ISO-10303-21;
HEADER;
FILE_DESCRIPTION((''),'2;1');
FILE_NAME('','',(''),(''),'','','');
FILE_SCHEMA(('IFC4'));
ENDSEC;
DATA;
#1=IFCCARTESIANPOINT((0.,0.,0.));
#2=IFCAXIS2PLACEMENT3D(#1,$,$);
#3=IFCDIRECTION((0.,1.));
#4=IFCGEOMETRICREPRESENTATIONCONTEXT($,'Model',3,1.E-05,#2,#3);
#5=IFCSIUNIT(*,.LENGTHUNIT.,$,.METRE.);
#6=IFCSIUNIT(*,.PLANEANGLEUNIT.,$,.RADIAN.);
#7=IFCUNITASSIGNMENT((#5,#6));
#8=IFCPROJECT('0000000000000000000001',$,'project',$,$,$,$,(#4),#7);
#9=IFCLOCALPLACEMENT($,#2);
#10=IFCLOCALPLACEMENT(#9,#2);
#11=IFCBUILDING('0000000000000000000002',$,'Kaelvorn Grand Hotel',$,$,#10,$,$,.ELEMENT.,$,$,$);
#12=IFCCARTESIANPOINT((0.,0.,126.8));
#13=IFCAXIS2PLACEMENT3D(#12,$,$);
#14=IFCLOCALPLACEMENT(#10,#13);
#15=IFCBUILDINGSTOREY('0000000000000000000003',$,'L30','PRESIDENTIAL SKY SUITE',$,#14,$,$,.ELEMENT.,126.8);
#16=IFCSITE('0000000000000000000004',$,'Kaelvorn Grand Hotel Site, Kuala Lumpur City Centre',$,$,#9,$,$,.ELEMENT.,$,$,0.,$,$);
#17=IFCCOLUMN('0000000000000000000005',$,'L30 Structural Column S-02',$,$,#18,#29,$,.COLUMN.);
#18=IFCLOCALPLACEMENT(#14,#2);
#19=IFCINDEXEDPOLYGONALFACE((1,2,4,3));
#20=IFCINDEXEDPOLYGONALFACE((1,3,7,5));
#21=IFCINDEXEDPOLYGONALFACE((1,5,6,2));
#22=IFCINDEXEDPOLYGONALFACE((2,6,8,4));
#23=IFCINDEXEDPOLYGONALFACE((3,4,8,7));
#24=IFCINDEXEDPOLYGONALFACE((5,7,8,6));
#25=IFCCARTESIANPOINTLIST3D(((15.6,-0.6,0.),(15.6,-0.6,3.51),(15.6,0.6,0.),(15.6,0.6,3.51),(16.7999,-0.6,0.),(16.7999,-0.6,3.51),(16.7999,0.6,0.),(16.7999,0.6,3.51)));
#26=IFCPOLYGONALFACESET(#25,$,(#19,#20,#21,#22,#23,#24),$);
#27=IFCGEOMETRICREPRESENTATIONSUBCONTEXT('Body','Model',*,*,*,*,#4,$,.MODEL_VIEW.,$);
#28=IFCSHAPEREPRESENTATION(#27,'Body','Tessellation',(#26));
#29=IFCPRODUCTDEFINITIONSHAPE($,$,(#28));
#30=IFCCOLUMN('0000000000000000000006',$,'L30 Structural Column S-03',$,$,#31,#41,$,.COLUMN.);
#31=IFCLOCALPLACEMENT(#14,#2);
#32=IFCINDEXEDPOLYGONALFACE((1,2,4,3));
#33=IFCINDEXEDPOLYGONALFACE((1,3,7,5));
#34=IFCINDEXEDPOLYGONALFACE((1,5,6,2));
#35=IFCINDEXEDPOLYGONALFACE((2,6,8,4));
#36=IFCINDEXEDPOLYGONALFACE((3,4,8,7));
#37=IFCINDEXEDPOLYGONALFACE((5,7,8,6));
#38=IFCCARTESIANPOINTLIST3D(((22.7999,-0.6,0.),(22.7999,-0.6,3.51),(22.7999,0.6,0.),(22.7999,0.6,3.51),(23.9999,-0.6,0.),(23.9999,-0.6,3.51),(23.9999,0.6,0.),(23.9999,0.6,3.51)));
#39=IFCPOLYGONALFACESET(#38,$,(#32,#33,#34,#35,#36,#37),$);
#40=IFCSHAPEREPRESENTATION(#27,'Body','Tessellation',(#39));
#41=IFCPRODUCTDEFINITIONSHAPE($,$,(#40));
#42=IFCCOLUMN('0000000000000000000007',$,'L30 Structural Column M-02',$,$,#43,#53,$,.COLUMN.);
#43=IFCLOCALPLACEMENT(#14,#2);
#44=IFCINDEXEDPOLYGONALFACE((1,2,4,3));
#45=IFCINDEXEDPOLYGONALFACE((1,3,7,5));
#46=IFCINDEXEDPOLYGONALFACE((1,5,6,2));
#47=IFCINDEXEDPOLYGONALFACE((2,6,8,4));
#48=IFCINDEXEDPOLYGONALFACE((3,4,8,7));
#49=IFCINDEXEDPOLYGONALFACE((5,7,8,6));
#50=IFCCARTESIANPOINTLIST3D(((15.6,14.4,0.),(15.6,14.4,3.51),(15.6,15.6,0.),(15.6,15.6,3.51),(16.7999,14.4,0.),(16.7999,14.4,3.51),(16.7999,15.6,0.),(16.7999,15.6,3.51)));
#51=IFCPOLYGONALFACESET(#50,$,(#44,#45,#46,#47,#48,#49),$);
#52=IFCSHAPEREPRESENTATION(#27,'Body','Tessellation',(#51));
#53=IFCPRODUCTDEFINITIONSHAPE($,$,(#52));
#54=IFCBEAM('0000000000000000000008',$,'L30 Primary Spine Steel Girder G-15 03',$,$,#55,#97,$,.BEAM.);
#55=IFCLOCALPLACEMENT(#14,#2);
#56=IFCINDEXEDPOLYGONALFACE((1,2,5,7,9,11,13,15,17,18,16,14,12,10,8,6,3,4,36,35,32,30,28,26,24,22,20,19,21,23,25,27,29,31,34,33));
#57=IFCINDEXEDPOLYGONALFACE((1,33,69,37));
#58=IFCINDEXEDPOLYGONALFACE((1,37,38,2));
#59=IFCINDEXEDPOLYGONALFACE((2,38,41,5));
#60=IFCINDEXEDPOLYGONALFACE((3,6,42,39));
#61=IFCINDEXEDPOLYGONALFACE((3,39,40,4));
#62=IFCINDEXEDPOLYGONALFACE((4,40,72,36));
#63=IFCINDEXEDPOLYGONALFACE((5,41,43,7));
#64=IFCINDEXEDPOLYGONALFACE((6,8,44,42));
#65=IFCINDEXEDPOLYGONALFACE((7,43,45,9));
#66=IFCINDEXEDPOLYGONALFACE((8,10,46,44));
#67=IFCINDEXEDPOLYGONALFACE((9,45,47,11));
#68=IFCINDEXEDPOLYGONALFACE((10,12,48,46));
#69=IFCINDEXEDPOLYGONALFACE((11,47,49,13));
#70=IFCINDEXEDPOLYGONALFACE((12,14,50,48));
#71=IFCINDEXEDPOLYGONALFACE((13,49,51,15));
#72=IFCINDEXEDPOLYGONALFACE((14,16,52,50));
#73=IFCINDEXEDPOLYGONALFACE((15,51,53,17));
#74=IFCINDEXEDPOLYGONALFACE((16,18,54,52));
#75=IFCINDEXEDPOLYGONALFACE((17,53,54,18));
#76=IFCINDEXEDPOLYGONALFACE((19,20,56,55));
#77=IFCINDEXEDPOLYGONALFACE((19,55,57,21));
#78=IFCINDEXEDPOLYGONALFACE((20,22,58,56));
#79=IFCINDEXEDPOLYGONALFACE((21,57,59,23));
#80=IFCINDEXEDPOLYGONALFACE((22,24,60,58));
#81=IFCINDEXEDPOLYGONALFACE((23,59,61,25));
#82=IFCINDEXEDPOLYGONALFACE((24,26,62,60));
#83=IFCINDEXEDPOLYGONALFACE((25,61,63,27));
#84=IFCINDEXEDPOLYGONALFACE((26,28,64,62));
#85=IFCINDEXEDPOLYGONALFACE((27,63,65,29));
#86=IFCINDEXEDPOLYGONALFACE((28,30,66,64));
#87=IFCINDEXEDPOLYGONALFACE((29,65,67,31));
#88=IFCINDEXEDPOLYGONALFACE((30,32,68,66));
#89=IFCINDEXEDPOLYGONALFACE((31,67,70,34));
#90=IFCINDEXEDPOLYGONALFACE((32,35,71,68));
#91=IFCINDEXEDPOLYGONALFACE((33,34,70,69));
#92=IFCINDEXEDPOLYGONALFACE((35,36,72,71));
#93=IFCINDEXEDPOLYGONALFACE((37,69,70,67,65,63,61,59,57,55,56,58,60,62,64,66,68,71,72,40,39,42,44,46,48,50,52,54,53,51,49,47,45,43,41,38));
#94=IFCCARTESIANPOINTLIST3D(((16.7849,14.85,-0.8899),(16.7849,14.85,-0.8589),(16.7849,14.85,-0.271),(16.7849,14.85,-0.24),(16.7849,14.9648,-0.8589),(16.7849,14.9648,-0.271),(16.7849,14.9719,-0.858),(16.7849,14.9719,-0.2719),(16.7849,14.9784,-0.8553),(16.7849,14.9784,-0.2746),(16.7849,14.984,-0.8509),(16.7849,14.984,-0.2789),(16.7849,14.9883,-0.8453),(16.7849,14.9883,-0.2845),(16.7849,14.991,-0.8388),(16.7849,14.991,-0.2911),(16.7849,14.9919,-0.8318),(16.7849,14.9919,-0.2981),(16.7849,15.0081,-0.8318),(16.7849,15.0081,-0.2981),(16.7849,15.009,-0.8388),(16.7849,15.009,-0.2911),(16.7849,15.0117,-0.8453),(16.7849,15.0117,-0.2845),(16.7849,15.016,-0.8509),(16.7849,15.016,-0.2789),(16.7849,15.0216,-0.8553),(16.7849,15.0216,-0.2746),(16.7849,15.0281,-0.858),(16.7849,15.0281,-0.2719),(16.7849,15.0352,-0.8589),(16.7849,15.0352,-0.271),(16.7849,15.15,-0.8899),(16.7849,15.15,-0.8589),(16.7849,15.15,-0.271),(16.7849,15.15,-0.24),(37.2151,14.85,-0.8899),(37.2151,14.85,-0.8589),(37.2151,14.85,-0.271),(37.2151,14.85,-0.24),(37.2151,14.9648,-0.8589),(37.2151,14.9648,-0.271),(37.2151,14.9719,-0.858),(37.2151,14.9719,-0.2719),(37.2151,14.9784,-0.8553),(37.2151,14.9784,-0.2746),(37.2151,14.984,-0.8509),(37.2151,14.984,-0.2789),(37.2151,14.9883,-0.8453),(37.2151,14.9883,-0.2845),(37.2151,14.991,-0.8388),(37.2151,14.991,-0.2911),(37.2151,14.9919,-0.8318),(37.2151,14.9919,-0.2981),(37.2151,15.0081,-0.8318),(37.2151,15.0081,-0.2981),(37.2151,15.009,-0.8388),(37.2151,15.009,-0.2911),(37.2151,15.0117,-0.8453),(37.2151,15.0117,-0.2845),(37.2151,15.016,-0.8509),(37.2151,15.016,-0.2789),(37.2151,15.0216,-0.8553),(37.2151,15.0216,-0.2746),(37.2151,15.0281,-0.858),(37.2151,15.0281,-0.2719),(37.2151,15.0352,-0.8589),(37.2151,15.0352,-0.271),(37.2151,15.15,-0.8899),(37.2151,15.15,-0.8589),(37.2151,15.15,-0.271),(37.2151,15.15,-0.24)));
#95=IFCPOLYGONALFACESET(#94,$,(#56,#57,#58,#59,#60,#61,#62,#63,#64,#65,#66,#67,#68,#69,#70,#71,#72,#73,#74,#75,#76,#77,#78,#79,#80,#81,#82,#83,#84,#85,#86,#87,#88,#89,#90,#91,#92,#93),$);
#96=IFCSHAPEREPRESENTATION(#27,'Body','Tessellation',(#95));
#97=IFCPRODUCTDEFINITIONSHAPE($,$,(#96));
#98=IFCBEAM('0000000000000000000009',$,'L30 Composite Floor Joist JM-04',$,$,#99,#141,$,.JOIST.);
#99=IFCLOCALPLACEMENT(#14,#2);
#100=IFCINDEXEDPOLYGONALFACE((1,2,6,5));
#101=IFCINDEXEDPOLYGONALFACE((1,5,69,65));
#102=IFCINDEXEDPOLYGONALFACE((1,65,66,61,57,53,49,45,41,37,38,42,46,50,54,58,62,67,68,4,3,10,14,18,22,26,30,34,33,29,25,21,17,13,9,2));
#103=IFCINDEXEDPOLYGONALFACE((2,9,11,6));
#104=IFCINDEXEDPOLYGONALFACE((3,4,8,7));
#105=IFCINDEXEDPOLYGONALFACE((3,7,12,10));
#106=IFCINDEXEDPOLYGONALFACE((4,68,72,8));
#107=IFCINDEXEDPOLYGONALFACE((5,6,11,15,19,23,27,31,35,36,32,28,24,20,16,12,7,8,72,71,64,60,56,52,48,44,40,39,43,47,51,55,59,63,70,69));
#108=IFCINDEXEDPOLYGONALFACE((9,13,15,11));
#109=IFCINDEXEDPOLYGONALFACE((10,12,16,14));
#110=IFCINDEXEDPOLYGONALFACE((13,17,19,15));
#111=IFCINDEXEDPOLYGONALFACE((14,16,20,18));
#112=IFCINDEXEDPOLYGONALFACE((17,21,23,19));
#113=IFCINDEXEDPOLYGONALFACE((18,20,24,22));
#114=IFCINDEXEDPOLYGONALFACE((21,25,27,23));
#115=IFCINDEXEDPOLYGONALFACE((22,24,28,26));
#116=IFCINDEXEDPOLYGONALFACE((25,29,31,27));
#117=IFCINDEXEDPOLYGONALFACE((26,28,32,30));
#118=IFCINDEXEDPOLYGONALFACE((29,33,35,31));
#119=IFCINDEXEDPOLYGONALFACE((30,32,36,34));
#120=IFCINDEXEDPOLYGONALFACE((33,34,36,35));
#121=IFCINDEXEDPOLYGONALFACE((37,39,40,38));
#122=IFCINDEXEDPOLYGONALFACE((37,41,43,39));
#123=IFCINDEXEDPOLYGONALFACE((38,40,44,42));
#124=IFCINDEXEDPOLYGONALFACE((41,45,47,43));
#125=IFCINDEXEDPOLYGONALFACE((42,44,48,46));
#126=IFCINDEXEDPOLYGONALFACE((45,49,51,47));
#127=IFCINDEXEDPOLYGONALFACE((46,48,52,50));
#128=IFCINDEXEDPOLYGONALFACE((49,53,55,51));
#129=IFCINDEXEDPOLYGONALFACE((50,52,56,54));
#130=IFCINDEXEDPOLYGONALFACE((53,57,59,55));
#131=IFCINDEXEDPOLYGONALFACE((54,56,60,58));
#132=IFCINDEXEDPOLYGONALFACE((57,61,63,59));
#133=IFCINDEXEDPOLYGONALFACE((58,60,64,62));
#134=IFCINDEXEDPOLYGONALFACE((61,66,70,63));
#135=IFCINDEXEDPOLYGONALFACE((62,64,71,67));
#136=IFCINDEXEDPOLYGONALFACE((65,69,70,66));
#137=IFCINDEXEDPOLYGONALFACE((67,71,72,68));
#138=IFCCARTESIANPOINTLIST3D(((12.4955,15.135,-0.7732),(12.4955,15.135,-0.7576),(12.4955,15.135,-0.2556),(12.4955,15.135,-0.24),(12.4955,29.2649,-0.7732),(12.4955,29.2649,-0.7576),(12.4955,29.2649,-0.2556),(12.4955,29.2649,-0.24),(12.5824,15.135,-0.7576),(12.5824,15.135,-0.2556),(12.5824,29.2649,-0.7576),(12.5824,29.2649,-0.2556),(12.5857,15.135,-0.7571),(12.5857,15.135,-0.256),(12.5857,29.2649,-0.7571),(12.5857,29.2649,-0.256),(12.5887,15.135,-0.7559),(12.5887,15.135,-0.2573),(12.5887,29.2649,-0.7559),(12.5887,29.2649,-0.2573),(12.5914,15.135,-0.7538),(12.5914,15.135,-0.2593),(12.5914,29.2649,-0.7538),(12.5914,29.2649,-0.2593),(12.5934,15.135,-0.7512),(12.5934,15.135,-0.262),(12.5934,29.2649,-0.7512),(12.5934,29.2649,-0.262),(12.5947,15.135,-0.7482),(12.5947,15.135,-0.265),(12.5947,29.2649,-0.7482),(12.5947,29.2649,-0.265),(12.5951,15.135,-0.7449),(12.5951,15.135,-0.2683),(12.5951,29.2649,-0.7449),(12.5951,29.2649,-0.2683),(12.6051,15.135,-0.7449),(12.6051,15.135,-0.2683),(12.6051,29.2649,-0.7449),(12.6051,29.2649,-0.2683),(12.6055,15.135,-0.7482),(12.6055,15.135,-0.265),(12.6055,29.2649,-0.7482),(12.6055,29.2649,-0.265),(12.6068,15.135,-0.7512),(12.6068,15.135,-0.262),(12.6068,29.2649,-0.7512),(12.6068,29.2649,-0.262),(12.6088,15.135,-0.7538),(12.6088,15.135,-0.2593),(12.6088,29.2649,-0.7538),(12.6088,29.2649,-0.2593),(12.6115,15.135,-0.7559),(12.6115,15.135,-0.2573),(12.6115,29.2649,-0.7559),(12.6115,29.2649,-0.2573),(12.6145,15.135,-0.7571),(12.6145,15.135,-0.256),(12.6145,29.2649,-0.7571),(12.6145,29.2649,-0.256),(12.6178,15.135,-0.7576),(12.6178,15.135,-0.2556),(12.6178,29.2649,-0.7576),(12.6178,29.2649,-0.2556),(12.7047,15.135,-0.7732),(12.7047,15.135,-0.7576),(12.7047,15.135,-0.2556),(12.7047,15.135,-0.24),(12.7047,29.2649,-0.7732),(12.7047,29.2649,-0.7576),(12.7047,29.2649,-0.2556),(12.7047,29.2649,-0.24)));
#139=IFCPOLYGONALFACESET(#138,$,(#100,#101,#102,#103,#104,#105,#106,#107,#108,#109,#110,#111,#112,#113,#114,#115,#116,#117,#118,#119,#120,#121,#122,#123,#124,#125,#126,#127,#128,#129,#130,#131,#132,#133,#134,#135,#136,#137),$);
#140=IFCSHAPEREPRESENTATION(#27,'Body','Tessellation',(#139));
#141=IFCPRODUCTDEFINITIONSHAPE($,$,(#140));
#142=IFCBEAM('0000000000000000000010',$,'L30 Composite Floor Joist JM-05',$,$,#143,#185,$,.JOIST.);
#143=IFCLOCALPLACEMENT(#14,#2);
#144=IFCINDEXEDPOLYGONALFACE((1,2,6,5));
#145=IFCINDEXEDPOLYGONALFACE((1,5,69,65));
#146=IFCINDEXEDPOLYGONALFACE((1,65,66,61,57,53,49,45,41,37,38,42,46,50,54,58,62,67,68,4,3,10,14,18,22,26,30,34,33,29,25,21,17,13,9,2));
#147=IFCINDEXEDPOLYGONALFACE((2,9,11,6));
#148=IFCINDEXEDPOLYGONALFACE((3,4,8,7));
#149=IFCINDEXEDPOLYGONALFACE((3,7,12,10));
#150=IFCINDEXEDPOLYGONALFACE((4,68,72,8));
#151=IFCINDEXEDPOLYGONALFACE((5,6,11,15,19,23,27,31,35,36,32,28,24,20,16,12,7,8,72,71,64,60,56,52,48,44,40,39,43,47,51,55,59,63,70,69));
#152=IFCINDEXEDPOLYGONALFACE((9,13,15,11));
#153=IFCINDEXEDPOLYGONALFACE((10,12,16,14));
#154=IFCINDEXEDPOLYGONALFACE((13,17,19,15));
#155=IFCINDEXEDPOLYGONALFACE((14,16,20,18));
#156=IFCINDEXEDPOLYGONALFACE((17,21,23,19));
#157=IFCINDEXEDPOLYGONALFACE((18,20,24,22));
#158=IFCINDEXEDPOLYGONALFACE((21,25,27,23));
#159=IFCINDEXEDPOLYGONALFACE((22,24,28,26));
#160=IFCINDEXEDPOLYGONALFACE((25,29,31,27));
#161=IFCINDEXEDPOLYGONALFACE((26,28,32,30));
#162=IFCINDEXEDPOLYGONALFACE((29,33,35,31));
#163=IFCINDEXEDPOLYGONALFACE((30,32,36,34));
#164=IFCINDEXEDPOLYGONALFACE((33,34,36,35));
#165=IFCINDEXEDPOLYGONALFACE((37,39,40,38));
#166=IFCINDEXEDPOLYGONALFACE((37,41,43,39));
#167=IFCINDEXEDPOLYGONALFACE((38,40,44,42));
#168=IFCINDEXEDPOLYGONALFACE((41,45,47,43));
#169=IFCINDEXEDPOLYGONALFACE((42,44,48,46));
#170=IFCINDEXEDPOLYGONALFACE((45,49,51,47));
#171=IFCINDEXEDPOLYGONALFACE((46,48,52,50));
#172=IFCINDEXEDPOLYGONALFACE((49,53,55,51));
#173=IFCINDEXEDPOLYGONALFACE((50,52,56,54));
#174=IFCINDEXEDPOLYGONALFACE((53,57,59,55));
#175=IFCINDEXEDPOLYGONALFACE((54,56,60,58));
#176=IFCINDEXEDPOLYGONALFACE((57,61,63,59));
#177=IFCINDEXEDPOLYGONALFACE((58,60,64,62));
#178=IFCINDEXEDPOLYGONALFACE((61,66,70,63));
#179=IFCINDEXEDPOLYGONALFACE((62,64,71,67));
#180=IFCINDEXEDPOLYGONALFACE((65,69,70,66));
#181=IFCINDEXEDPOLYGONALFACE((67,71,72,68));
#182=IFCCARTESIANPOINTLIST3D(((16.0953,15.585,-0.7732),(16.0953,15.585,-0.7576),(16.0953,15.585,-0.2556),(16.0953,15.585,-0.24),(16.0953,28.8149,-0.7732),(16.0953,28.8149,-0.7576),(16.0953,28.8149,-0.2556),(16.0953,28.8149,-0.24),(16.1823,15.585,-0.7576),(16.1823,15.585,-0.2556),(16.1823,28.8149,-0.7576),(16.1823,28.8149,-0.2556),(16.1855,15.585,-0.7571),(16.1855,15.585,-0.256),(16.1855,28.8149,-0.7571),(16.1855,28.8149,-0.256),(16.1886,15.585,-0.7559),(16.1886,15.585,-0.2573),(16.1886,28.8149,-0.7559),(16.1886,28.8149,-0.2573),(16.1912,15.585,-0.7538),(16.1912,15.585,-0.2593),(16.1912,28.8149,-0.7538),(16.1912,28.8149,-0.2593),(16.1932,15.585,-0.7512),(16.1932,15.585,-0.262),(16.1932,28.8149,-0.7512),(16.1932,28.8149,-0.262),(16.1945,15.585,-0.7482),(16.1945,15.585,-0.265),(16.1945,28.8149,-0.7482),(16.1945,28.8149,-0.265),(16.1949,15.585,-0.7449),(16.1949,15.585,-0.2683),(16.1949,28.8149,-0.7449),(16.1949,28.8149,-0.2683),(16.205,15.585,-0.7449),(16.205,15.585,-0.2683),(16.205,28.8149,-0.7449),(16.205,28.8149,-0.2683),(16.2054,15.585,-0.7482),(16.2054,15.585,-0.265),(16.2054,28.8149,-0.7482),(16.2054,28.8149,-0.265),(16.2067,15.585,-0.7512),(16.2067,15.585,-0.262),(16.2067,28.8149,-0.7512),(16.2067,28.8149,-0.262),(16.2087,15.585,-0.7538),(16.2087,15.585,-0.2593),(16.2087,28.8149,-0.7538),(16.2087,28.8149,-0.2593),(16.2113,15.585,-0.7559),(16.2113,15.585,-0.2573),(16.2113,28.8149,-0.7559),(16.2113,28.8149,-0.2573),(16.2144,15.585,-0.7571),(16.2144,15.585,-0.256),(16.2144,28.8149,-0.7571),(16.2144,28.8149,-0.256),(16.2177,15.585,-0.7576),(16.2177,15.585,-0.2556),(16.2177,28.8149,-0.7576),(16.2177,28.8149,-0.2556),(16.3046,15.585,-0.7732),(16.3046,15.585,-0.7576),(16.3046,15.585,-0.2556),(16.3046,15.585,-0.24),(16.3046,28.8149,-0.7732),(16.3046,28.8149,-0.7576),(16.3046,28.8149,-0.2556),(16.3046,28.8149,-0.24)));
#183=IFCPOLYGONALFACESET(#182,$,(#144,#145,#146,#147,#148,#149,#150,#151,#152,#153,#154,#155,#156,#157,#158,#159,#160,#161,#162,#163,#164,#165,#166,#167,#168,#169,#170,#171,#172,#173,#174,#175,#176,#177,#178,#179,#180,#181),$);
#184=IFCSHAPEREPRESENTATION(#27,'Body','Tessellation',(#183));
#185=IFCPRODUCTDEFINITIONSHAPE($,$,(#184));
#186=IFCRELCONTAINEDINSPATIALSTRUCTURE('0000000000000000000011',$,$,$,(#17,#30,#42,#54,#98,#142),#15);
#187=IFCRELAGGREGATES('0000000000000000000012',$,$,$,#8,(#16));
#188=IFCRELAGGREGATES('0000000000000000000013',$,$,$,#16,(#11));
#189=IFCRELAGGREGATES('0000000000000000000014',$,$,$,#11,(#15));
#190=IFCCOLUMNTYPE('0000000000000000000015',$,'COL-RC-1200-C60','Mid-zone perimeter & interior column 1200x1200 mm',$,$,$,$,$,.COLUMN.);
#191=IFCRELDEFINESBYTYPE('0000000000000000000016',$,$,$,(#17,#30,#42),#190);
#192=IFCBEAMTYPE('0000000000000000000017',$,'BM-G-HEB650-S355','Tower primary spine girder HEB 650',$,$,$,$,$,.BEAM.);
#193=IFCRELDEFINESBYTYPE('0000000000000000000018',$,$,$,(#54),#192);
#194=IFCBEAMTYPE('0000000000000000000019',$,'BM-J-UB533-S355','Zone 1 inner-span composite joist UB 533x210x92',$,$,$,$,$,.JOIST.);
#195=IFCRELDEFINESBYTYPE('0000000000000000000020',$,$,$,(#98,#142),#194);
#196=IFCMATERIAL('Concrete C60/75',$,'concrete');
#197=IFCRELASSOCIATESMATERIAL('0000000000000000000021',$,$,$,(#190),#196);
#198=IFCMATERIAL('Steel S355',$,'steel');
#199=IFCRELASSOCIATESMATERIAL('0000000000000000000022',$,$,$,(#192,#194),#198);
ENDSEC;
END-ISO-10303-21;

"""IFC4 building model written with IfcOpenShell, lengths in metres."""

from ifc_helpers import new_model, si_unit, direction, frame, origin, origin_2d, place, context, subcontext, project, spatial, rectangle, i_section, extrude, material, material_profile, profile_set, type_object, element, save


model = new_model("IFC4")

# Units and contexts
model_context = context("Model", 3, precision=1e-05, world=origin(), true_north=direction((0.0, 1.0)))
body_context = subcontext(model_context, "Body", "Model", "MODEL_VIEW")
ifc_project = project(units=[si_unit("LENGTHUNIT", "METRE"), si_unit("PLANEANGLEUNIT", "RADIAN")], contexts=[model_context])

# Site, building, storey
site_placement = place(None, origin())
site = spatial("IfcSite", under=ifc_project, at=site_placement, Name="Kaelvorn Grand Hotel Site, Kuala Lumpur City Centre", CompositionType="ELEMENT", RefElevation=0.0)
building_placement = place(site_placement, origin())
building = spatial("IfcBuilding", under=site, at=building_placement, Name="Kaelvorn Grand Hotel", CompositionType="ELEMENT")
storey_placement = place(building_placement, frame((0.0, 0.0, 126.8)))
storey = spatial("IfcBuildingStorey", under=building, at=storey_placement, Name="L30", Description="PRESIDENTIAL SKY SUITE", CompositionType="ELEMENT", Elevation=126.8)

# Columns
ifc_material_1 = material(Name="Concrete C60/75", Category="concrete")
ifc_material_profile_1 = material_profile(ifc_material_1, rectangle(XDim=1.2, YDim=1.2, at=origin_2d()), Name="RC COL 1200x1200")
ifc_profile_set_1 = profile_set([ifc_material_profile_1], Name="Concrete C60/75")
column_type = type_object("IfcColumnType", Name="COL-RC-1200-C60", Description="Mid-zone perimeter & interior column 1200x1200 mm", PredefinedType="COLUMN", material=ifc_profile_set_1)
for number, where, z_axis, x_axis, name in (
    (1, (16.2, 0.0, 0.0), (0.0, 0.0, 1.0), (1.0, 0.0, 0.0), "L30 Structural Column S-02"),
    (2, (23.3999, 0.0, 0.0), (0.0, 0.0, 1.0), (1.0, 0.0, 0.0), "L30 Structural Column S-03"),
    (3, (16.2, 15.0, 0.0), (0.0, 0.0, 1.0), (1.0, 0.0, 0.0), "L30 Structural Column M-02"),
):
    element("IfcColumn", number, at=place(storey_placement, frame(where, z_axis=z_axis, x_axis=x_axis)), inside=storey, type_object=column_type, Name=name, PredefinedType="COLUMN", context=body_context, shape_type="SweptSolid", body=[
        extrude(rectangle(XDim=1.2, YDim=1.2, at=origin_2d()), origin(), (0.0, 0.0, 1.0), 3.51),
    ])

# Beams
ifc_material_2 = material(Name="Steel S355", Category="steel")
ifc_material_profile_2 = material_profile(ifc_material_2, i_section(OverallWidth=0.3, OverallDepth=0.6499, WebThickness=0.0161, FlangeThickness=0.031, FilletRadius=0.0271, at=origin_2d()), Name="HEB 650")
ifc_profile_set_2 = profile_set([ifc_material_profile_2], Name="Steel S355")
beam_type_1 = type_object("IfcBeamType", Name="BM-G-HEB650-S355", Description="Tower primary spine girder HEB 650", PredefinedType="BEAM", material=ifc_profile_set_2)
beam_1_placement = place(storey_placement, frame((16.7849, 15.0, -0.5649), z_axis=(1.0, 0.0, 0.0), x_axis=(0.0, 1.0, 0.0)))
element("IfcBeam", 4, at=beam_1_placement, inside=storey, type_object=beam_type_1, Name="L30 Primary Spine Steel Girder G-15 03", PredefinedType="BEAM", context=body_context, shape_type="SweptSolid", body=[
    extrude(i_section(OverallWidth=0.3, OverallDepth=0.6499, WebThickness=0.0161, FlangeThickness=0.031, FilletRadius=0.0271, at=origin_2d()), origin(), (0.0, 0.0, 1.0), 20.4302),
])
ifc_material_profile_3 = material_profile(ifc_material_2, i_section(OverallWidth=0.2092, OverallDepth=0.5332, WebThickness=0.01, FlangeThickness=0.0156, FilletRadius=0.0127, at=origin_2d()), Name="UB 533x210x92")
ifc_profile_set_3 = profile_set([ifc_material_profile_3], Name="Steel S355")
beam_type_2 = type_object("IfcBeamType", Name="BM-J-UB533-S355", Description="Zone 1 inner-span composite joist UB 533x210x92", PredefinedType="JOIST", material=ifc_profile_set_3)
beam_2_placement = place(storey_placement, frame((12.6001, 15.135, -0.5066), z_axis=(0.0, 1.0, 0.0), x_axis=(-1.0, 0.0, 0.0)))
element("IfcBeam", 5, at=beam_2_placement, inside=storey, type_object=beam_type_2, Name="L30 Composite Floor Joist JM-04", PredefinedType="JOIST", context=body_context, shape_type="SweptSolid", body=[
    extrude(i_section(OverallWidth=0.2092, OverallDepth=0.5332, WebThickness=0.01, FlangeThickness=0.0156, FilletRadius=0.0127, at=origin_2d()), origin(), (0.0, 0.0, 1.0), 14.1299),
])
beam_3_placement = place(storey_placement, frame((16.2, 15.585, -0.5066), z_axis=(0.0, 1.0, 0.0), x_axis=(-1.0, 0.0, 0.0)))
element("IfcBeam", 6, at=beam_3_placement, inside=storey, type_object=beam_type_2, Name="L30 Composite Floor Joist JM-05", PredefinedType="JOIST", context=body_context, shape_type="SweptSolid", body=[
    extrude(i_section(OverallWidth=0.2092, OverallDepth=0.5332, WebThickness=0.01, FlangeThickness=0.0156, FilletRadius=0.0127, at=origin_2d()), origin(), (0.0, 0.0, 1.0), 13.23),
])

save(model, "model.ifc")
